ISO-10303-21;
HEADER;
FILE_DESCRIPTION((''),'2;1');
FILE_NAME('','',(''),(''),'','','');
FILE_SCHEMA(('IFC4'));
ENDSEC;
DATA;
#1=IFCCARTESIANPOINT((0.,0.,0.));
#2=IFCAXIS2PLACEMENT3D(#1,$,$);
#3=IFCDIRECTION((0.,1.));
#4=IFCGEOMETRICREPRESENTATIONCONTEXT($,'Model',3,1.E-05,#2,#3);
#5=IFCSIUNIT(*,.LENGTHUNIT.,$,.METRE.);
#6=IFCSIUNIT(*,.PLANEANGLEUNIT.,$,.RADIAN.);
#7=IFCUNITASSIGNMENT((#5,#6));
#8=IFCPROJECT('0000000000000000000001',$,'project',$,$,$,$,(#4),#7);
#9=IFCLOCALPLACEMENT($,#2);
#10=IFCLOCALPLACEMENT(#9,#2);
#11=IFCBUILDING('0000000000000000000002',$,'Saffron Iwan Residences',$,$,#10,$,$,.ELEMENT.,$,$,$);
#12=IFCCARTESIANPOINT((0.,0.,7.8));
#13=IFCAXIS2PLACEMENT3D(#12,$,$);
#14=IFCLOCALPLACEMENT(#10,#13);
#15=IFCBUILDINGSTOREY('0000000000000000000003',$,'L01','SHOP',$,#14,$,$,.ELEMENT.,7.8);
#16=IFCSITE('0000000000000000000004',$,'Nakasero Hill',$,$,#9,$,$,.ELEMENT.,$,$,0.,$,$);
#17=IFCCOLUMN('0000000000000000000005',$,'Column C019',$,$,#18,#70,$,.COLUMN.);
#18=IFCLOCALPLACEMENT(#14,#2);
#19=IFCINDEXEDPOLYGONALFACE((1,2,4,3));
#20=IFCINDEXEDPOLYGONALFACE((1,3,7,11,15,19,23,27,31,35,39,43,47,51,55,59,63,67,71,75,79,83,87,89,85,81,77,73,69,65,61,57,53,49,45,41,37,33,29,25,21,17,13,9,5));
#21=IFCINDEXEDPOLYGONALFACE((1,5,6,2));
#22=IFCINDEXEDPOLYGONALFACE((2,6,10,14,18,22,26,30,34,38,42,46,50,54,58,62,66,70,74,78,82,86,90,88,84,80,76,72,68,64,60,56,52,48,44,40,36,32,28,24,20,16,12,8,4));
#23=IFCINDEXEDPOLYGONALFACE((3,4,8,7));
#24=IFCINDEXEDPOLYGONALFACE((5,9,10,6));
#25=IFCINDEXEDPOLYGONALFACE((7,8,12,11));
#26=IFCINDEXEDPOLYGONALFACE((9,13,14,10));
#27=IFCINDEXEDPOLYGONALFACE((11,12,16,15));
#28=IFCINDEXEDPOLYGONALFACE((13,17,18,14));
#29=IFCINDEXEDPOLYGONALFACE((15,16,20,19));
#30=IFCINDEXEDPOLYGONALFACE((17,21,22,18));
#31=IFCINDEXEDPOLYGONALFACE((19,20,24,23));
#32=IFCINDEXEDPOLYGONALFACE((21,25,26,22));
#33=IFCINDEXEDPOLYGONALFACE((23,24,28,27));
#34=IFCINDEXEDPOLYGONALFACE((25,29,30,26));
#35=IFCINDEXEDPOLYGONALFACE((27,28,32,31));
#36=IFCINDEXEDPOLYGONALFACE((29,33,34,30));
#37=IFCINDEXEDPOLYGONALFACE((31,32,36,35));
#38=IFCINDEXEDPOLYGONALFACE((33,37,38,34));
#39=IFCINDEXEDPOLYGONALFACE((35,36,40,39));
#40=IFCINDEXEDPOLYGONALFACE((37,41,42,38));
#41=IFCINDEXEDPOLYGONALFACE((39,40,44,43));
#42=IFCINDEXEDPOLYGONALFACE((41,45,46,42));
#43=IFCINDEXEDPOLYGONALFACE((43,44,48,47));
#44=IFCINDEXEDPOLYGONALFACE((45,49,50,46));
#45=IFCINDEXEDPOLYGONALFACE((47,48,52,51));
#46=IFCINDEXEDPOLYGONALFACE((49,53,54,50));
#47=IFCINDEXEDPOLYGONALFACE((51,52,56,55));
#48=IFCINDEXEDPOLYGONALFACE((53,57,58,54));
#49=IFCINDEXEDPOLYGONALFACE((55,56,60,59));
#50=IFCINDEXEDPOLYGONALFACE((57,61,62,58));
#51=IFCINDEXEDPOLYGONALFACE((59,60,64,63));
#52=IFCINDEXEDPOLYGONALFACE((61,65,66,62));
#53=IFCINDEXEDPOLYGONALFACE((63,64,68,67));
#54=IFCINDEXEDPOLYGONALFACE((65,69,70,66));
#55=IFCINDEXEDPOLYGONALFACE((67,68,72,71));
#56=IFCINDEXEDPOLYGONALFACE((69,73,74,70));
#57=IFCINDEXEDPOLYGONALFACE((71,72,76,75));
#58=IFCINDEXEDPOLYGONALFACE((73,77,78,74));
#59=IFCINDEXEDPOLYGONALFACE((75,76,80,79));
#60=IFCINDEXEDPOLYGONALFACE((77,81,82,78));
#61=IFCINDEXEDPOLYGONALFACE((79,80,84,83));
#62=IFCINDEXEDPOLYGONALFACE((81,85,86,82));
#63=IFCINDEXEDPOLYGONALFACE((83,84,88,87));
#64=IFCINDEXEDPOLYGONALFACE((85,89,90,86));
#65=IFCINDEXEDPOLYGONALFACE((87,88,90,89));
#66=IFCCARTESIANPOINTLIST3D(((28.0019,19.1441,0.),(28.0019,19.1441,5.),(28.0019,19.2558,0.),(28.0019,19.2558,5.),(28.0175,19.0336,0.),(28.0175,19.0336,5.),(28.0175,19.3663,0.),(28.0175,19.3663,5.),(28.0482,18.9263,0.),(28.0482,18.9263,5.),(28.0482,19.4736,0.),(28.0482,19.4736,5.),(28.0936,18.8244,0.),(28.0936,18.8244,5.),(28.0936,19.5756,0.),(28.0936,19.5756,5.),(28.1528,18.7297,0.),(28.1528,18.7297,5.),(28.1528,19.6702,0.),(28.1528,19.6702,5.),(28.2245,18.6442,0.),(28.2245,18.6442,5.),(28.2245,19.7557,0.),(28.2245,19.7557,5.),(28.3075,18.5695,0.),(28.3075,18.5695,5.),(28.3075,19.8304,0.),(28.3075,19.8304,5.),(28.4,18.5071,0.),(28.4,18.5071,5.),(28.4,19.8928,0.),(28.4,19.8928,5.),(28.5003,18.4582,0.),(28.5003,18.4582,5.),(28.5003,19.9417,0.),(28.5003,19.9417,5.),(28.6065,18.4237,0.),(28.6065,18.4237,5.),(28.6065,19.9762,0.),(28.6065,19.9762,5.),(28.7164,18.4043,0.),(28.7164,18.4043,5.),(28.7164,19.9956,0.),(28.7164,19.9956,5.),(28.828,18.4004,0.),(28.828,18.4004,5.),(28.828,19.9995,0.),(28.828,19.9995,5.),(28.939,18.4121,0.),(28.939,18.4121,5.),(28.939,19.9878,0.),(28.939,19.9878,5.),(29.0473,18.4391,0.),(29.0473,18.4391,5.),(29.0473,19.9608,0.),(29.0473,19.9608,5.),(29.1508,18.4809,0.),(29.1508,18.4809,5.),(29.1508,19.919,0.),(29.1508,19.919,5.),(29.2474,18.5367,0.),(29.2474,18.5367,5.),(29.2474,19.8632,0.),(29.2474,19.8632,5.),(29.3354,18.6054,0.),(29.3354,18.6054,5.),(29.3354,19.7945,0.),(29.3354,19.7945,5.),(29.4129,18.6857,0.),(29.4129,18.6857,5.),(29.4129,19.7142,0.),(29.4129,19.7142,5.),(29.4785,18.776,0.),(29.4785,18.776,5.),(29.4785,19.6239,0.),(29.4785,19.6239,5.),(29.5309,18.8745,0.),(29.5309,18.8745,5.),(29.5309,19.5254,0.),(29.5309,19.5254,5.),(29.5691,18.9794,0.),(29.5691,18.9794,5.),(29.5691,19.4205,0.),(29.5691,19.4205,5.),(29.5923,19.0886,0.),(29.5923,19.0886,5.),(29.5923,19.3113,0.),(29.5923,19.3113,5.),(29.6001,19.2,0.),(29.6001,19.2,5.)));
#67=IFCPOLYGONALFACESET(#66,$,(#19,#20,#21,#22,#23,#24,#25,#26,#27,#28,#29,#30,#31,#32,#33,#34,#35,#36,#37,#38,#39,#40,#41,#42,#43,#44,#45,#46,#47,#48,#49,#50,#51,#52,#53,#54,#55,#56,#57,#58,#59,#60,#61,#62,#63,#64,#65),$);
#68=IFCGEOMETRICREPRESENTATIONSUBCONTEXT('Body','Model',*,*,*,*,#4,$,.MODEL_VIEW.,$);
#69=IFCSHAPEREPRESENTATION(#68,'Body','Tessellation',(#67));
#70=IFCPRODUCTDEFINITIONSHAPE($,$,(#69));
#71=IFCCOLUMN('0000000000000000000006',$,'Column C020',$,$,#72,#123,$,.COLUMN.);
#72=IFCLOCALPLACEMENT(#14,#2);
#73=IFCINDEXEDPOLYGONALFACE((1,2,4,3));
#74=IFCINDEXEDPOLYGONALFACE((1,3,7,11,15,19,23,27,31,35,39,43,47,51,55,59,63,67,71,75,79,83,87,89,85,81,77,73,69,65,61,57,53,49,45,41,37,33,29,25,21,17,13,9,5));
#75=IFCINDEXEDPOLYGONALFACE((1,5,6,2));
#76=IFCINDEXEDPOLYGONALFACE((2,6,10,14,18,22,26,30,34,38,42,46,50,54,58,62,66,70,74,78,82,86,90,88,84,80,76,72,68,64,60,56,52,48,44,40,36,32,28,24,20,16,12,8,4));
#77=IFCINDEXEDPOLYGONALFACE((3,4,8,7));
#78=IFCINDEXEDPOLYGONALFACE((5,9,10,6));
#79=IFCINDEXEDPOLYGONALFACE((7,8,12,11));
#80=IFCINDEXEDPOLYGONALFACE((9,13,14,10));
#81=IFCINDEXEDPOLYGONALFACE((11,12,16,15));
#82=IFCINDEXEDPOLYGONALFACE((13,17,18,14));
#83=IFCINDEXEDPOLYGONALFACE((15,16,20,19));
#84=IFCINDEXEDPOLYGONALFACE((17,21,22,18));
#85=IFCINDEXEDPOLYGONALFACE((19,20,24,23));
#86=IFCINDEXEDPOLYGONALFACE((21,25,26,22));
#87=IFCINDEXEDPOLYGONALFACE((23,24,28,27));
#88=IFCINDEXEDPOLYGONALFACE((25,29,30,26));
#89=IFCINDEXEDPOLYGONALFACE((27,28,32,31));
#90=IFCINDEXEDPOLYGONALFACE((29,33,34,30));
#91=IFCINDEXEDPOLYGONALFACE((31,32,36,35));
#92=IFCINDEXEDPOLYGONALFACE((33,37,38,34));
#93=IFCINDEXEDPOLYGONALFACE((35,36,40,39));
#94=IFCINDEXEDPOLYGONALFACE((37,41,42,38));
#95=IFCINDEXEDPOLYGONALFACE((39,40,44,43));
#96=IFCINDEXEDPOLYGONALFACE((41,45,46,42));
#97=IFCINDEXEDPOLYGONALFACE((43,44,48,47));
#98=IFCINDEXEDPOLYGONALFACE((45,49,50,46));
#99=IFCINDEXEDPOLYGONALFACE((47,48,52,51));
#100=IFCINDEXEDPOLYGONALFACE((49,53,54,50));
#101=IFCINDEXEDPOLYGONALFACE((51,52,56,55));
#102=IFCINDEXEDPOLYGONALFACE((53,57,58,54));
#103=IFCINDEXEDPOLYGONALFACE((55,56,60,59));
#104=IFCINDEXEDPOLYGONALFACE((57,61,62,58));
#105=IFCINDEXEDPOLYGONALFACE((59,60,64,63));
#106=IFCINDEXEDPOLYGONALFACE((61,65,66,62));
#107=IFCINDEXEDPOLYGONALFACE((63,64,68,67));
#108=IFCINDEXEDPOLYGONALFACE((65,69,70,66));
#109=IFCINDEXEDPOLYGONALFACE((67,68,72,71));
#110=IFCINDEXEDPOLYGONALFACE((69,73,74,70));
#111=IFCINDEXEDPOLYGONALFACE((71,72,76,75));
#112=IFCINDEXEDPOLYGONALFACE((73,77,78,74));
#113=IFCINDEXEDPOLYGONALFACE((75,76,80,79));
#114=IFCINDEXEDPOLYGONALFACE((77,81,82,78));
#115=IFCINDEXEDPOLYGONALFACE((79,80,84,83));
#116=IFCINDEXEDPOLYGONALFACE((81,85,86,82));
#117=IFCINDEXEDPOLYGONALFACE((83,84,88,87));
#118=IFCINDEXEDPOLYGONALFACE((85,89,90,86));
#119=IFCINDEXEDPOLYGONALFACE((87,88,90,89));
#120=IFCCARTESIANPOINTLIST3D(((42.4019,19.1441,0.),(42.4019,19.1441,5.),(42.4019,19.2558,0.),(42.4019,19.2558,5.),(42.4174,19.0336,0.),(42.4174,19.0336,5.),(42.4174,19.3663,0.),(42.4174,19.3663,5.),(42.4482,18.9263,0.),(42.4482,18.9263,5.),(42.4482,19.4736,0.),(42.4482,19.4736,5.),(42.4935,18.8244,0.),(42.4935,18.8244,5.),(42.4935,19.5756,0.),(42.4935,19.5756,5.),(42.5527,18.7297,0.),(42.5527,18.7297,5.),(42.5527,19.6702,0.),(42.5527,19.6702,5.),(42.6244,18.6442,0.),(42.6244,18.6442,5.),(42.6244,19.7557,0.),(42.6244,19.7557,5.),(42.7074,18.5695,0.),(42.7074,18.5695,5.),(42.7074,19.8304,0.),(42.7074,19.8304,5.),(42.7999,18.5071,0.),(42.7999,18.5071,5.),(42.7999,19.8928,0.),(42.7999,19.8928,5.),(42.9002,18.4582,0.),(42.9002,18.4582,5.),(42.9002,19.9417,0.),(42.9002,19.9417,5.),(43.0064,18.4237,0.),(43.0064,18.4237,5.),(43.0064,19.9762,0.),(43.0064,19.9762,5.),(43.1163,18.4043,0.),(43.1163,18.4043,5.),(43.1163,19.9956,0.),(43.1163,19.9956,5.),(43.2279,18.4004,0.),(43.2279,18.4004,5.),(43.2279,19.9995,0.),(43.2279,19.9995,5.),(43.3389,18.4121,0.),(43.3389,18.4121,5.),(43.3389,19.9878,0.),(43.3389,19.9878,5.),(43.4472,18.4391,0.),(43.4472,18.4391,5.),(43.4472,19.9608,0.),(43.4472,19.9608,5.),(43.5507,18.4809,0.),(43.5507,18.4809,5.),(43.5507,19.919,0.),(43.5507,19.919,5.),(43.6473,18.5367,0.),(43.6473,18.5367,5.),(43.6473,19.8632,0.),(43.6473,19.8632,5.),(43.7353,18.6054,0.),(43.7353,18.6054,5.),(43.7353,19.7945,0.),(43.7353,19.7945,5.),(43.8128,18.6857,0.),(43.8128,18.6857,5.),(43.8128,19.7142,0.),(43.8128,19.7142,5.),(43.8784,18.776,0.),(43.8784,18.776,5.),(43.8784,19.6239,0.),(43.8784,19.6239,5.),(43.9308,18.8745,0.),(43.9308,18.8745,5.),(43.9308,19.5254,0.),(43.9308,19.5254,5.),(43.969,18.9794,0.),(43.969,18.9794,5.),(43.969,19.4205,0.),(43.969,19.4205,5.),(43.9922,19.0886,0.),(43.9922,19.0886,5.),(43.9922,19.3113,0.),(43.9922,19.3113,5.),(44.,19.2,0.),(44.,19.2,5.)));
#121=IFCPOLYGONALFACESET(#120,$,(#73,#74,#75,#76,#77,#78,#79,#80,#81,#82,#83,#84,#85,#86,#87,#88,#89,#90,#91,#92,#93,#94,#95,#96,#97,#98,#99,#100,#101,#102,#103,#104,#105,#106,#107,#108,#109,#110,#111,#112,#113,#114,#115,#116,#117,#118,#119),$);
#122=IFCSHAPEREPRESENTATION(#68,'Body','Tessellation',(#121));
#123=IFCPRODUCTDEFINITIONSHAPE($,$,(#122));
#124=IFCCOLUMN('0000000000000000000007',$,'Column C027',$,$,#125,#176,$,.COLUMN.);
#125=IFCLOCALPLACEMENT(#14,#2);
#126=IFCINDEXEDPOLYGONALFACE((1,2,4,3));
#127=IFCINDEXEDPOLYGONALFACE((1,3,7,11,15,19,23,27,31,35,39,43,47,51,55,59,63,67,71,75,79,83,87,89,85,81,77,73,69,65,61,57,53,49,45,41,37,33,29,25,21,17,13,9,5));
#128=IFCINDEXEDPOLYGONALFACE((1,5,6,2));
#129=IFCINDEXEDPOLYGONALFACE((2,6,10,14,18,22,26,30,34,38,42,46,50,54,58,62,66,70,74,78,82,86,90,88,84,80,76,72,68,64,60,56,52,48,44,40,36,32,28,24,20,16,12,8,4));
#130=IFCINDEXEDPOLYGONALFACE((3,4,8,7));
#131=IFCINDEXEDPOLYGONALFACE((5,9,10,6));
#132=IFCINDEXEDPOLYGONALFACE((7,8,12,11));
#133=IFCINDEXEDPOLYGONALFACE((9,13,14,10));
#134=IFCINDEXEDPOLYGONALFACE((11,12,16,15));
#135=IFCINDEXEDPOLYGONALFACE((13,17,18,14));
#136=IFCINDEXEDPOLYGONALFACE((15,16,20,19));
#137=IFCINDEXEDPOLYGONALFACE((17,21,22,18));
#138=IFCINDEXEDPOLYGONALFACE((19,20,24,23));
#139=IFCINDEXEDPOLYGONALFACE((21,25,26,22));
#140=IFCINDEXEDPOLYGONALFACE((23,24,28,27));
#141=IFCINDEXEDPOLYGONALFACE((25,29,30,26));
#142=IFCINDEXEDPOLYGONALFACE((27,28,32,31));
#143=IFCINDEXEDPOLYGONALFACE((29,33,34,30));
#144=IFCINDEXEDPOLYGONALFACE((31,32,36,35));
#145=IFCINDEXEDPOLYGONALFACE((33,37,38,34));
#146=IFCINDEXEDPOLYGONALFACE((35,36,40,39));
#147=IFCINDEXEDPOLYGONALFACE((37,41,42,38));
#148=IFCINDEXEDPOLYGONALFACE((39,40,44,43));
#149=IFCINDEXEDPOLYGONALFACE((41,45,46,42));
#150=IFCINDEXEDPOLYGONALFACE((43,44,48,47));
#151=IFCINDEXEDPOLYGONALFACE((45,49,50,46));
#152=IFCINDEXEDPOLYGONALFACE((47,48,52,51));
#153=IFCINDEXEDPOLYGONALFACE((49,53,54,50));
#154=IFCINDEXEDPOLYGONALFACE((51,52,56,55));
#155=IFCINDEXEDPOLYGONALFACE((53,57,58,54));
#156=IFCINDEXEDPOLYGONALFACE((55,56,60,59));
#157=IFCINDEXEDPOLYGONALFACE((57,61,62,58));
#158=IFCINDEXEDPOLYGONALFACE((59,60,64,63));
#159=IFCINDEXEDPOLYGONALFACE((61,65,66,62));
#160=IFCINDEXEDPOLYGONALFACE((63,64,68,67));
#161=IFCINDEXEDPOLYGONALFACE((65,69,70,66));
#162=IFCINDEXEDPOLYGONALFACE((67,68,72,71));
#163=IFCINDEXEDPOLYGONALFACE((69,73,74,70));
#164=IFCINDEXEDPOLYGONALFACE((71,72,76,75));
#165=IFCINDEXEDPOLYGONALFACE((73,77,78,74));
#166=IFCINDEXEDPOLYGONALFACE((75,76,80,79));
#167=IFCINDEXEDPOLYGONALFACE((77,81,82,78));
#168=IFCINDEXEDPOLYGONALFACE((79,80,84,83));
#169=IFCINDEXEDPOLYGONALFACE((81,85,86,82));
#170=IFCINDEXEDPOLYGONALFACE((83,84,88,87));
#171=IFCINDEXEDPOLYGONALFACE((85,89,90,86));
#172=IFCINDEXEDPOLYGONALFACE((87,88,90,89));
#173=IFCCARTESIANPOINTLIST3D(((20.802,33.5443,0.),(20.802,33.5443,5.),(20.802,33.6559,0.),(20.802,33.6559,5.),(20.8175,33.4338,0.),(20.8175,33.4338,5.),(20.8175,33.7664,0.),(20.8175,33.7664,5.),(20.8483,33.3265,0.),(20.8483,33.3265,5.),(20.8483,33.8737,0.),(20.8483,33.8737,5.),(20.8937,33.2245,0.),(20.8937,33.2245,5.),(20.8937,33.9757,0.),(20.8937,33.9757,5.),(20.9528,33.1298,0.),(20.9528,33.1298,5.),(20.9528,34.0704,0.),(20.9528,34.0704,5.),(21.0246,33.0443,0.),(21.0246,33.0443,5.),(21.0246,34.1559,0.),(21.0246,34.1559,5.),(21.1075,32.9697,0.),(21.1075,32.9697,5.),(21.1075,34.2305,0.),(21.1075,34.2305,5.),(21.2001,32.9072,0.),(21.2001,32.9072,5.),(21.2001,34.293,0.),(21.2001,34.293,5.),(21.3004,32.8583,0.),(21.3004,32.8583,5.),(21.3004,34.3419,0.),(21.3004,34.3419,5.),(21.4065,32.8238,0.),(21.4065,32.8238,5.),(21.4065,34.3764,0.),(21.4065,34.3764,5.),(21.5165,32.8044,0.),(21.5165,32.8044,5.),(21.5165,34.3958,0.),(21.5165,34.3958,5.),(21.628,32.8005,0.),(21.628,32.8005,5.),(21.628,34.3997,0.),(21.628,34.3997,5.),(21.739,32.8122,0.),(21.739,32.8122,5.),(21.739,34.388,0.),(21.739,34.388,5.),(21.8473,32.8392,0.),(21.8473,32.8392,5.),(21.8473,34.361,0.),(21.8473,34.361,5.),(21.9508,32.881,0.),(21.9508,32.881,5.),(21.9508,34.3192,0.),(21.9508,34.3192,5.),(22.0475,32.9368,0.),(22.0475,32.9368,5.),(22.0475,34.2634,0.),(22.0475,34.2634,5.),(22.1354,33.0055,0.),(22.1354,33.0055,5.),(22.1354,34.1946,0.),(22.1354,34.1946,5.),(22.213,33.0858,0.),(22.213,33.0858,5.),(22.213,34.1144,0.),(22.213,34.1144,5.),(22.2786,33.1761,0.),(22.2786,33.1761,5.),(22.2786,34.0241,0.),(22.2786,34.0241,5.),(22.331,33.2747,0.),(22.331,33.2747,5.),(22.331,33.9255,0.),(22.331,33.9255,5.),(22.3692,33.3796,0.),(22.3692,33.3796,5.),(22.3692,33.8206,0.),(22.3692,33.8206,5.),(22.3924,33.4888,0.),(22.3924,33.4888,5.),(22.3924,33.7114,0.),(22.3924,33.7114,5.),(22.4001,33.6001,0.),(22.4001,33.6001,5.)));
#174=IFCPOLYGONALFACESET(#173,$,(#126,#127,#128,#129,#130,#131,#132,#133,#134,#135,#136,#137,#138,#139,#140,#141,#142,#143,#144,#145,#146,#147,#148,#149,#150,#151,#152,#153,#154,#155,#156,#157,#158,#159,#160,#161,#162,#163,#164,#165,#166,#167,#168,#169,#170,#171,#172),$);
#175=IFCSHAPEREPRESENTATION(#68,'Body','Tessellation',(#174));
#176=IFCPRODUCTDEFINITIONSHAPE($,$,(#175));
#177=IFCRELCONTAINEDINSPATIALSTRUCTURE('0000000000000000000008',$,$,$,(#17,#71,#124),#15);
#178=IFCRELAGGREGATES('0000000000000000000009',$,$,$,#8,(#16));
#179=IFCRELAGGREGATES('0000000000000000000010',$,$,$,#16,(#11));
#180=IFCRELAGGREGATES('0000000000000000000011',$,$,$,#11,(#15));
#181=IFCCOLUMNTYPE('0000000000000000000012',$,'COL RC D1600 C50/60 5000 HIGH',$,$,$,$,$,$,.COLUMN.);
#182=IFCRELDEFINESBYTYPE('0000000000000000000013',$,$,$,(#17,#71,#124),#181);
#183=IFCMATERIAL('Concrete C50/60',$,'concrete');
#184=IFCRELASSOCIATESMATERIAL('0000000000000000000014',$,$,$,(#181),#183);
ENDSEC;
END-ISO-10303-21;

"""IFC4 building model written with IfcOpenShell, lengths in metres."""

from ifc_helpers import new_model, si_unit, direction, frame, origin, origin_2d, place, context, subcontext, project, spatial, circle, extrude, source, transform, mapped, material, material_profile, profile_set, type_object, element, save


model = new_model("IFC4")

# Units and contexts
model_context = context("Model", 3, precision=1e-05, world=origin(), true_north=direction((0.0, 1.0)))
body_context = subcontext(model_context, "Body", "Model", "MODEL_VIEW")
ifc_project = project(units=[si_unit("LENGTHUNIT", "METRE"), si_unit("PLANEANGLEUNIT", "RADIAN")], contexts=[model_context])

# Site, building, storey
site_placement = place(None, origin())
site = spatial("IfcSite", under=ifc_project, at=site_placement, Name="Nakasero Hill", CompositionType="ELEMENT", RefElevation=0.0)
building_placement = place(site_placement, origin())
building = spatial("IfcBuilding", under=site, at=building_placement, Name="Saffron Iwan Residences", CompositionType="ELEMENT")
storey_placement = place(building_placement, frame((0.0, 0.0, 7.8)))
storey = spatial("IfcBuildingStorey", under=building, at=storey_placement, Name="L01", Description="SHOP", CompositionType="ELEMENT", Elevation=7.8)

# Columns
ifc_material_1 = material(Name="Concrete C50/60", Category="concrete")
ifc_material_profile_1 = material_profile(ifc_material_1, circle(Radius=0.8, at=origin_2d()), Name="RC D1600")
ifc_profile_set_1 = profile_set([ifc_material_profile_1], Name="Concrete C50/60")
column_type = type_object("IfcColumnType", Name="COL RC D1600 C50/60 5000 HIGH", PredefinedType="COLUMN", material=ifc_profile_set_1)
shared_shape_1 = source(origin(), body_context, "Body", "SweptSolid", [
    extrude(circle(Radius=0.8, at=origin_2d()), origin(), (0.0, 0.0, 1.0), 5.0),
])
for number, where, z_axis, x_axis, name in (
    (1, (28.8, 19.2, 0.0), (0.0, 0.0, 1.0), (1.0, 0.0, 0.0), "Column C019"),
    (2, (43.2, 19.2, 0.0), (0.0, 0.0, 1.0), (1.0, 0.0, 0.0), "Column C020"),
    (3, (21.6001, 33.6001, 0.0), (0.0, 0.0, 1.0), (1.0, 0.0, 0.0), "Column C027"),
):
    element("IfcColumn", number, at=place(storey_placement, frame(where, z_axis=z_axis, x_axis=x_axis)), inside=storey, type_object=column_type, Name=name, PredefinedType="COLUMN", context=body_context, shape_type="MappedRepresentation", body=[
        mapped(shared_shape_1, transform((0.0, 0.0, 0.0))),
    ])

save(model, "model.ifc")
